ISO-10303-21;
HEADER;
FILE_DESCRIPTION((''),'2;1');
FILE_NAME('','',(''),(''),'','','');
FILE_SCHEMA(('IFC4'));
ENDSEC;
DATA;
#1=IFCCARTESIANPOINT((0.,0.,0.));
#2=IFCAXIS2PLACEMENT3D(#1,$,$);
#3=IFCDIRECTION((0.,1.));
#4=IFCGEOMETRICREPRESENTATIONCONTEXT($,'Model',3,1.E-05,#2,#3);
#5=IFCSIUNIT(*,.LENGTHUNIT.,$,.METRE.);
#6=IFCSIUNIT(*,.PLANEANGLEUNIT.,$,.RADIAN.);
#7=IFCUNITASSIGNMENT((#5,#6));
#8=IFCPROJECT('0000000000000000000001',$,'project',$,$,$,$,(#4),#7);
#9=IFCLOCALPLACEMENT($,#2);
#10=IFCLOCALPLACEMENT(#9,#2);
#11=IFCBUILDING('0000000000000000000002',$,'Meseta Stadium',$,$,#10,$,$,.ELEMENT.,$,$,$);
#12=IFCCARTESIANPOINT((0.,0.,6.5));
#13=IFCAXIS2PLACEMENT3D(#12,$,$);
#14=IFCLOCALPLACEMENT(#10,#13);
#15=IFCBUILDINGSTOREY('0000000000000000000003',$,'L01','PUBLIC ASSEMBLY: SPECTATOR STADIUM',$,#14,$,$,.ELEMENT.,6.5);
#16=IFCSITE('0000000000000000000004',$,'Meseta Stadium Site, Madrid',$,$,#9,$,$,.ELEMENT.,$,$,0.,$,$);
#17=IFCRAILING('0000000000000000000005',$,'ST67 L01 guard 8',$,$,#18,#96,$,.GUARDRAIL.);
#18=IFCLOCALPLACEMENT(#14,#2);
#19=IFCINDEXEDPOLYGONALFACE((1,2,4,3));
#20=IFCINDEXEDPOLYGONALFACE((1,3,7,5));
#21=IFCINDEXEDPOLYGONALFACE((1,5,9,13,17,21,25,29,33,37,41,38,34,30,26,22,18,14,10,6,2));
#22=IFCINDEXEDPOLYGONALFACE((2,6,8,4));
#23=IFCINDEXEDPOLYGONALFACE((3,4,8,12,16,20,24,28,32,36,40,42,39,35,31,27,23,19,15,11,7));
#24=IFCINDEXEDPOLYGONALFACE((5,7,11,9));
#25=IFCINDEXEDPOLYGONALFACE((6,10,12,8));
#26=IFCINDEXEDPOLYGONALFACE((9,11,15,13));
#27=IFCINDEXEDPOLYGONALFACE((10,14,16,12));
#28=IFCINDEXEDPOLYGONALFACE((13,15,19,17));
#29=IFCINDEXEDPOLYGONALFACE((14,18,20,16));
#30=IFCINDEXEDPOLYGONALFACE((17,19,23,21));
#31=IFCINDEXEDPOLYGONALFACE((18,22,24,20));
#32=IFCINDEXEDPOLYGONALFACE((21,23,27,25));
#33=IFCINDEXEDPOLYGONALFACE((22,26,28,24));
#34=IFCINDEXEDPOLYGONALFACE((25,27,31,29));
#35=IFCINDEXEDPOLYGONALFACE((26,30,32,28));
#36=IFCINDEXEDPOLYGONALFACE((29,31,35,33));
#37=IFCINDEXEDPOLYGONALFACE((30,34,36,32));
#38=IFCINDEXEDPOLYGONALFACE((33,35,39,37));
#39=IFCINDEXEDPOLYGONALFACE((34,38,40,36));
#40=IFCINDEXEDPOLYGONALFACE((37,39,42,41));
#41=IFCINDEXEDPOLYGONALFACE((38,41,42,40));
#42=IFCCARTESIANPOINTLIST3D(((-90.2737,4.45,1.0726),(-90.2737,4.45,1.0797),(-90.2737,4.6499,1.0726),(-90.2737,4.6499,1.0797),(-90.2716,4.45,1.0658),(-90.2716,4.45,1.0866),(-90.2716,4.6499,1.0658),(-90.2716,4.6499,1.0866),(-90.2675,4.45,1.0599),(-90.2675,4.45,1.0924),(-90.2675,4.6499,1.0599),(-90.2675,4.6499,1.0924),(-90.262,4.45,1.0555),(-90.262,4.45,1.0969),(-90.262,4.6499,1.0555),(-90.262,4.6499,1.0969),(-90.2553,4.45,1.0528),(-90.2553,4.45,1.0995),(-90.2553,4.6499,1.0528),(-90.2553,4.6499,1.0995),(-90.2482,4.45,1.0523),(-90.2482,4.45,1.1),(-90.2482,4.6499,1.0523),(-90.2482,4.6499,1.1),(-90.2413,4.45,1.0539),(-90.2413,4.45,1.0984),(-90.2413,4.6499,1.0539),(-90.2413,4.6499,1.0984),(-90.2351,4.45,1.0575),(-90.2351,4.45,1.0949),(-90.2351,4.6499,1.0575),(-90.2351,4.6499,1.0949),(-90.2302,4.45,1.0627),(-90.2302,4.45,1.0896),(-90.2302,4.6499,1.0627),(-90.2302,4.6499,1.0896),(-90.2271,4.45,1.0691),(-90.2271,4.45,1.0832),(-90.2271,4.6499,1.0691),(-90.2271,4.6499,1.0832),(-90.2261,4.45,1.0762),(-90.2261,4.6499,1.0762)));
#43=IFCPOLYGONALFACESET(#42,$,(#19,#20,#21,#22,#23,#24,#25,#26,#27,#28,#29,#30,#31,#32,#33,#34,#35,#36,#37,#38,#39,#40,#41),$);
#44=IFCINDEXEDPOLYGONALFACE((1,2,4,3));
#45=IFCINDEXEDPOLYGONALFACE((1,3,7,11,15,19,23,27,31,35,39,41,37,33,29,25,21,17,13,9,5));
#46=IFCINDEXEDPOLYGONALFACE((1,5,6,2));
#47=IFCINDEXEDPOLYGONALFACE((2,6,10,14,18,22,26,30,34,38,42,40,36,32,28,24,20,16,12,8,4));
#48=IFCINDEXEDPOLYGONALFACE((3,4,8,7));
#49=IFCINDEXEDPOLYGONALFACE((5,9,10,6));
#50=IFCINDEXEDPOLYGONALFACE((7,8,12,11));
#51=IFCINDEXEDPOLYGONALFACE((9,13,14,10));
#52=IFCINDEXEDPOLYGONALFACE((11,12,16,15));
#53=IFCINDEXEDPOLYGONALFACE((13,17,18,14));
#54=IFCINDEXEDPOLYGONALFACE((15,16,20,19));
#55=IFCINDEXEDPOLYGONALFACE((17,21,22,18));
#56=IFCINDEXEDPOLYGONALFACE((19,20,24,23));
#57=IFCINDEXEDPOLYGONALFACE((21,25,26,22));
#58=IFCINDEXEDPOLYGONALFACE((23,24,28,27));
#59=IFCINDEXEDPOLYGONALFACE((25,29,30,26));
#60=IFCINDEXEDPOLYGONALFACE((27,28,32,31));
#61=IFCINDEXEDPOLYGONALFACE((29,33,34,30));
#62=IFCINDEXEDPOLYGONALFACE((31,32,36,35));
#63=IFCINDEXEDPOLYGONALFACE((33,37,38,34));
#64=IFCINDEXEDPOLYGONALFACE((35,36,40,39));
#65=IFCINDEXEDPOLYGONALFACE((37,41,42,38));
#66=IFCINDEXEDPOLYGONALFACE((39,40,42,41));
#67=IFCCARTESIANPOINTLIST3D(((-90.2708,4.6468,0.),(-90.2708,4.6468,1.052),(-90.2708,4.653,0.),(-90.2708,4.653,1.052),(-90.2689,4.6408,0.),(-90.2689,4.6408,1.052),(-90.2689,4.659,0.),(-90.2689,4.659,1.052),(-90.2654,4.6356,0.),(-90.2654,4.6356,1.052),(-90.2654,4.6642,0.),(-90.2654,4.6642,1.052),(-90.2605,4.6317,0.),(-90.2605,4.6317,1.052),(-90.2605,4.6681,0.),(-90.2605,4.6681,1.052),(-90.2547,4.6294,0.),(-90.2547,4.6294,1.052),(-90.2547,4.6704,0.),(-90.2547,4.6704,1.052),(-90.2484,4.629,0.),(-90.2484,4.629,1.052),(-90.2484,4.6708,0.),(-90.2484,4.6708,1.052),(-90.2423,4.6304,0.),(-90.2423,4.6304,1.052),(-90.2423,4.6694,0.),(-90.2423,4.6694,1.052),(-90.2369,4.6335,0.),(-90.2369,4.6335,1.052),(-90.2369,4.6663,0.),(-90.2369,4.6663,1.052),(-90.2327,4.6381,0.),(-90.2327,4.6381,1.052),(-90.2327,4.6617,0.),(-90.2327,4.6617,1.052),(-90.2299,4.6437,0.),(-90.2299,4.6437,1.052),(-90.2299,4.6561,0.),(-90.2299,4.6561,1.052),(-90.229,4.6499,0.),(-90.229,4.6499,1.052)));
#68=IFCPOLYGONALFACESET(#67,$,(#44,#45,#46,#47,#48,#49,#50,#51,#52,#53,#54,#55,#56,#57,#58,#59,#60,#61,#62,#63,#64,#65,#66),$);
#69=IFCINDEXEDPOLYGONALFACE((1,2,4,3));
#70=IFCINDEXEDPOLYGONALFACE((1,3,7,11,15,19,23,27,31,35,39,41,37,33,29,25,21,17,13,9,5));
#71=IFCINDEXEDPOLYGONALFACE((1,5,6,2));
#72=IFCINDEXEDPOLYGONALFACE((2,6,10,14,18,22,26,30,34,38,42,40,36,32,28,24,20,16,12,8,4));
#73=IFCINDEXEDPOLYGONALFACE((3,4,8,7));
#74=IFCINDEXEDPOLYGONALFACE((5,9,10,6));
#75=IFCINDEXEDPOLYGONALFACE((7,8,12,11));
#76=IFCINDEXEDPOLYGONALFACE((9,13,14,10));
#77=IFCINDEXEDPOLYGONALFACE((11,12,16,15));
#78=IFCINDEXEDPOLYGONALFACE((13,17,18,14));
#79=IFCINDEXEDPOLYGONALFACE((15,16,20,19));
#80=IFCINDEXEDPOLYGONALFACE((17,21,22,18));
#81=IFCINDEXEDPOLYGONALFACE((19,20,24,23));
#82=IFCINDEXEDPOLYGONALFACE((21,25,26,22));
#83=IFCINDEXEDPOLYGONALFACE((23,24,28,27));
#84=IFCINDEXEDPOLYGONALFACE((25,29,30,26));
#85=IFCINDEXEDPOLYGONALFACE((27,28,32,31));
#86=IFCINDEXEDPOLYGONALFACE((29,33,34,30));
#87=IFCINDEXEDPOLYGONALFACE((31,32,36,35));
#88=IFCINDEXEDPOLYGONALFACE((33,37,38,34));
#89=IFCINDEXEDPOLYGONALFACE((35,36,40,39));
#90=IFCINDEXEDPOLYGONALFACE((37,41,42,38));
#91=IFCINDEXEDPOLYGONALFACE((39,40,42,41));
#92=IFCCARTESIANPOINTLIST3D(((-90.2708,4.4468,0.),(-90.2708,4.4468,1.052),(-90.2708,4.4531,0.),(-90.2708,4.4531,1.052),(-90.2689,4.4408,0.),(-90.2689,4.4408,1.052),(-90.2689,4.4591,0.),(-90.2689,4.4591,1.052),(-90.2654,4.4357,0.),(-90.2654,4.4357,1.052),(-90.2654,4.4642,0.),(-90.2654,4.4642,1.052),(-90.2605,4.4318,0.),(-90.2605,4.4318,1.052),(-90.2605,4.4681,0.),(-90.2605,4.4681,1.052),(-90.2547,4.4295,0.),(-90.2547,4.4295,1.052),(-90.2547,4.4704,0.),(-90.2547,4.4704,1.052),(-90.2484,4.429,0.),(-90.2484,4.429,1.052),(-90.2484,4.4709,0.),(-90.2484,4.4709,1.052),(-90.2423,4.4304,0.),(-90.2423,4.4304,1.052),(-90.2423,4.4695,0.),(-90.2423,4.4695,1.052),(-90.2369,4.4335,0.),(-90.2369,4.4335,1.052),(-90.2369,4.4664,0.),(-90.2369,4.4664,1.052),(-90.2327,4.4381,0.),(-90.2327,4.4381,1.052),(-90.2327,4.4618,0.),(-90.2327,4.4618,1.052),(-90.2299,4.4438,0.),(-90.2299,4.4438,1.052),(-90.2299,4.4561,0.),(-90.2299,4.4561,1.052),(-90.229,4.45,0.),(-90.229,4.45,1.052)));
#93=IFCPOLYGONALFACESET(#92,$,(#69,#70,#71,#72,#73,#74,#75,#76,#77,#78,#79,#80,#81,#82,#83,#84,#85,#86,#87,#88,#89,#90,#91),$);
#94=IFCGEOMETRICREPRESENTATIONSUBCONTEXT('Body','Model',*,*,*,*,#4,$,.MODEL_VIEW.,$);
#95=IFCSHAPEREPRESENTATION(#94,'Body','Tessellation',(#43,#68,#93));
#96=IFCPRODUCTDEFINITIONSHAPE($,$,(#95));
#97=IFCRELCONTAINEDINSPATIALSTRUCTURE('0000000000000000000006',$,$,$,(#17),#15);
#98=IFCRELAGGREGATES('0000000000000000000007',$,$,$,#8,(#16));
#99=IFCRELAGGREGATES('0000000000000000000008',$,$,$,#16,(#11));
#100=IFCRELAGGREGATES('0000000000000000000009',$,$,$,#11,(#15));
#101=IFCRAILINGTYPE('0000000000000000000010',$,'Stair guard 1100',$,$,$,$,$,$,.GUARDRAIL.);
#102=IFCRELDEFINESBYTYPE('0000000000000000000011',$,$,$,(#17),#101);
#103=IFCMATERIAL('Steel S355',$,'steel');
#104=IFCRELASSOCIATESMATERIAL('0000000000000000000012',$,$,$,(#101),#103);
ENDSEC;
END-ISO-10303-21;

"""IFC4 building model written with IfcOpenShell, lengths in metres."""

from ifc_helpers import new_model, si_unit, direction, frame, origin, origin_2d, place, context, subcontext, project, spatial, circle, extrude, material, type_object, element, save


model = new_model("IFC4")

# Units and contexts
model_context = context("Model", 3, precision=1e-05, world=origin(), true_north=direction((0.0, 1.0)))
body_context = subcontext(model_context, "Body", "Model", "MODEL_VIEW")
ifc_project = project(units=[si_unit("LENGTHUNIT", "METRE"), si_unit("PLANEANGLEUNIT", "RADIAN")], contexts=[model_context])

# Site, building, storey
site_placement = place(None, origin())
site = spatial("IfcSite", under=ifc_project, at=site_placement, Name="Meseta Stadium Site, Madrid", CompositionType="ELEMENT", RefElevation=0.0)
building_placement = place(site_placement, origin())
building = spatial("IfcBuilding", under=site, at=building_placement, Name="Meseta Stadium", CompositionType="ELEMENT")
storey_placement = place(building_placement, frame((0.0, 0.0, 6.5)))
storey = spatial("IfcBuildingStorey", under=building, at=storey_placement, Name="L01", Description="PUBLIC ASSEMBLY: SPECTATOR STADIUM", CompositionType="ELEMENT", Elevation=6.5)

# Railing
ifc_material_1 = material(Name="Steel S355", Category="steel")
railing_type_1 = type_object("IfcRailingType", Name="Stair guard 1100", PredefinedType="GUARDRAIL", material=ifc_material_1)
railing_1_placement = place(storey_placement, frame((-90.25, 4.6499, 0.0)))
element("IfcRailing", 1, at=railing_1_placement, inside=storey, type_object=railing_type_1, Name="ST67 L01 guard 8", PredefinedType="GUARDRAIL", context=body_context, shape_type="SweptSolid", body=[
    extrude(circle(Radius=0.0239, at=origin_2d()), frame((0.0, 0.0, 1.0762), z_axis=(0.0, -1.0, 0.0), x_axis=(1.0, 0.0, 0.0)), (0.0, 0.0, 1.0), 0.2),
    extrude(circle(Radius=0.021, at=origin_2d()), origin(), (0.0, 0.0, 1.0), 1.052),
    extrude(circle(Radius=0.021, at=origin_2d()), frame((0.0, -0.2, 0.0)), (0.0, 0.0, 1.0), 1.052),
])

save(model, "model.ifc")
